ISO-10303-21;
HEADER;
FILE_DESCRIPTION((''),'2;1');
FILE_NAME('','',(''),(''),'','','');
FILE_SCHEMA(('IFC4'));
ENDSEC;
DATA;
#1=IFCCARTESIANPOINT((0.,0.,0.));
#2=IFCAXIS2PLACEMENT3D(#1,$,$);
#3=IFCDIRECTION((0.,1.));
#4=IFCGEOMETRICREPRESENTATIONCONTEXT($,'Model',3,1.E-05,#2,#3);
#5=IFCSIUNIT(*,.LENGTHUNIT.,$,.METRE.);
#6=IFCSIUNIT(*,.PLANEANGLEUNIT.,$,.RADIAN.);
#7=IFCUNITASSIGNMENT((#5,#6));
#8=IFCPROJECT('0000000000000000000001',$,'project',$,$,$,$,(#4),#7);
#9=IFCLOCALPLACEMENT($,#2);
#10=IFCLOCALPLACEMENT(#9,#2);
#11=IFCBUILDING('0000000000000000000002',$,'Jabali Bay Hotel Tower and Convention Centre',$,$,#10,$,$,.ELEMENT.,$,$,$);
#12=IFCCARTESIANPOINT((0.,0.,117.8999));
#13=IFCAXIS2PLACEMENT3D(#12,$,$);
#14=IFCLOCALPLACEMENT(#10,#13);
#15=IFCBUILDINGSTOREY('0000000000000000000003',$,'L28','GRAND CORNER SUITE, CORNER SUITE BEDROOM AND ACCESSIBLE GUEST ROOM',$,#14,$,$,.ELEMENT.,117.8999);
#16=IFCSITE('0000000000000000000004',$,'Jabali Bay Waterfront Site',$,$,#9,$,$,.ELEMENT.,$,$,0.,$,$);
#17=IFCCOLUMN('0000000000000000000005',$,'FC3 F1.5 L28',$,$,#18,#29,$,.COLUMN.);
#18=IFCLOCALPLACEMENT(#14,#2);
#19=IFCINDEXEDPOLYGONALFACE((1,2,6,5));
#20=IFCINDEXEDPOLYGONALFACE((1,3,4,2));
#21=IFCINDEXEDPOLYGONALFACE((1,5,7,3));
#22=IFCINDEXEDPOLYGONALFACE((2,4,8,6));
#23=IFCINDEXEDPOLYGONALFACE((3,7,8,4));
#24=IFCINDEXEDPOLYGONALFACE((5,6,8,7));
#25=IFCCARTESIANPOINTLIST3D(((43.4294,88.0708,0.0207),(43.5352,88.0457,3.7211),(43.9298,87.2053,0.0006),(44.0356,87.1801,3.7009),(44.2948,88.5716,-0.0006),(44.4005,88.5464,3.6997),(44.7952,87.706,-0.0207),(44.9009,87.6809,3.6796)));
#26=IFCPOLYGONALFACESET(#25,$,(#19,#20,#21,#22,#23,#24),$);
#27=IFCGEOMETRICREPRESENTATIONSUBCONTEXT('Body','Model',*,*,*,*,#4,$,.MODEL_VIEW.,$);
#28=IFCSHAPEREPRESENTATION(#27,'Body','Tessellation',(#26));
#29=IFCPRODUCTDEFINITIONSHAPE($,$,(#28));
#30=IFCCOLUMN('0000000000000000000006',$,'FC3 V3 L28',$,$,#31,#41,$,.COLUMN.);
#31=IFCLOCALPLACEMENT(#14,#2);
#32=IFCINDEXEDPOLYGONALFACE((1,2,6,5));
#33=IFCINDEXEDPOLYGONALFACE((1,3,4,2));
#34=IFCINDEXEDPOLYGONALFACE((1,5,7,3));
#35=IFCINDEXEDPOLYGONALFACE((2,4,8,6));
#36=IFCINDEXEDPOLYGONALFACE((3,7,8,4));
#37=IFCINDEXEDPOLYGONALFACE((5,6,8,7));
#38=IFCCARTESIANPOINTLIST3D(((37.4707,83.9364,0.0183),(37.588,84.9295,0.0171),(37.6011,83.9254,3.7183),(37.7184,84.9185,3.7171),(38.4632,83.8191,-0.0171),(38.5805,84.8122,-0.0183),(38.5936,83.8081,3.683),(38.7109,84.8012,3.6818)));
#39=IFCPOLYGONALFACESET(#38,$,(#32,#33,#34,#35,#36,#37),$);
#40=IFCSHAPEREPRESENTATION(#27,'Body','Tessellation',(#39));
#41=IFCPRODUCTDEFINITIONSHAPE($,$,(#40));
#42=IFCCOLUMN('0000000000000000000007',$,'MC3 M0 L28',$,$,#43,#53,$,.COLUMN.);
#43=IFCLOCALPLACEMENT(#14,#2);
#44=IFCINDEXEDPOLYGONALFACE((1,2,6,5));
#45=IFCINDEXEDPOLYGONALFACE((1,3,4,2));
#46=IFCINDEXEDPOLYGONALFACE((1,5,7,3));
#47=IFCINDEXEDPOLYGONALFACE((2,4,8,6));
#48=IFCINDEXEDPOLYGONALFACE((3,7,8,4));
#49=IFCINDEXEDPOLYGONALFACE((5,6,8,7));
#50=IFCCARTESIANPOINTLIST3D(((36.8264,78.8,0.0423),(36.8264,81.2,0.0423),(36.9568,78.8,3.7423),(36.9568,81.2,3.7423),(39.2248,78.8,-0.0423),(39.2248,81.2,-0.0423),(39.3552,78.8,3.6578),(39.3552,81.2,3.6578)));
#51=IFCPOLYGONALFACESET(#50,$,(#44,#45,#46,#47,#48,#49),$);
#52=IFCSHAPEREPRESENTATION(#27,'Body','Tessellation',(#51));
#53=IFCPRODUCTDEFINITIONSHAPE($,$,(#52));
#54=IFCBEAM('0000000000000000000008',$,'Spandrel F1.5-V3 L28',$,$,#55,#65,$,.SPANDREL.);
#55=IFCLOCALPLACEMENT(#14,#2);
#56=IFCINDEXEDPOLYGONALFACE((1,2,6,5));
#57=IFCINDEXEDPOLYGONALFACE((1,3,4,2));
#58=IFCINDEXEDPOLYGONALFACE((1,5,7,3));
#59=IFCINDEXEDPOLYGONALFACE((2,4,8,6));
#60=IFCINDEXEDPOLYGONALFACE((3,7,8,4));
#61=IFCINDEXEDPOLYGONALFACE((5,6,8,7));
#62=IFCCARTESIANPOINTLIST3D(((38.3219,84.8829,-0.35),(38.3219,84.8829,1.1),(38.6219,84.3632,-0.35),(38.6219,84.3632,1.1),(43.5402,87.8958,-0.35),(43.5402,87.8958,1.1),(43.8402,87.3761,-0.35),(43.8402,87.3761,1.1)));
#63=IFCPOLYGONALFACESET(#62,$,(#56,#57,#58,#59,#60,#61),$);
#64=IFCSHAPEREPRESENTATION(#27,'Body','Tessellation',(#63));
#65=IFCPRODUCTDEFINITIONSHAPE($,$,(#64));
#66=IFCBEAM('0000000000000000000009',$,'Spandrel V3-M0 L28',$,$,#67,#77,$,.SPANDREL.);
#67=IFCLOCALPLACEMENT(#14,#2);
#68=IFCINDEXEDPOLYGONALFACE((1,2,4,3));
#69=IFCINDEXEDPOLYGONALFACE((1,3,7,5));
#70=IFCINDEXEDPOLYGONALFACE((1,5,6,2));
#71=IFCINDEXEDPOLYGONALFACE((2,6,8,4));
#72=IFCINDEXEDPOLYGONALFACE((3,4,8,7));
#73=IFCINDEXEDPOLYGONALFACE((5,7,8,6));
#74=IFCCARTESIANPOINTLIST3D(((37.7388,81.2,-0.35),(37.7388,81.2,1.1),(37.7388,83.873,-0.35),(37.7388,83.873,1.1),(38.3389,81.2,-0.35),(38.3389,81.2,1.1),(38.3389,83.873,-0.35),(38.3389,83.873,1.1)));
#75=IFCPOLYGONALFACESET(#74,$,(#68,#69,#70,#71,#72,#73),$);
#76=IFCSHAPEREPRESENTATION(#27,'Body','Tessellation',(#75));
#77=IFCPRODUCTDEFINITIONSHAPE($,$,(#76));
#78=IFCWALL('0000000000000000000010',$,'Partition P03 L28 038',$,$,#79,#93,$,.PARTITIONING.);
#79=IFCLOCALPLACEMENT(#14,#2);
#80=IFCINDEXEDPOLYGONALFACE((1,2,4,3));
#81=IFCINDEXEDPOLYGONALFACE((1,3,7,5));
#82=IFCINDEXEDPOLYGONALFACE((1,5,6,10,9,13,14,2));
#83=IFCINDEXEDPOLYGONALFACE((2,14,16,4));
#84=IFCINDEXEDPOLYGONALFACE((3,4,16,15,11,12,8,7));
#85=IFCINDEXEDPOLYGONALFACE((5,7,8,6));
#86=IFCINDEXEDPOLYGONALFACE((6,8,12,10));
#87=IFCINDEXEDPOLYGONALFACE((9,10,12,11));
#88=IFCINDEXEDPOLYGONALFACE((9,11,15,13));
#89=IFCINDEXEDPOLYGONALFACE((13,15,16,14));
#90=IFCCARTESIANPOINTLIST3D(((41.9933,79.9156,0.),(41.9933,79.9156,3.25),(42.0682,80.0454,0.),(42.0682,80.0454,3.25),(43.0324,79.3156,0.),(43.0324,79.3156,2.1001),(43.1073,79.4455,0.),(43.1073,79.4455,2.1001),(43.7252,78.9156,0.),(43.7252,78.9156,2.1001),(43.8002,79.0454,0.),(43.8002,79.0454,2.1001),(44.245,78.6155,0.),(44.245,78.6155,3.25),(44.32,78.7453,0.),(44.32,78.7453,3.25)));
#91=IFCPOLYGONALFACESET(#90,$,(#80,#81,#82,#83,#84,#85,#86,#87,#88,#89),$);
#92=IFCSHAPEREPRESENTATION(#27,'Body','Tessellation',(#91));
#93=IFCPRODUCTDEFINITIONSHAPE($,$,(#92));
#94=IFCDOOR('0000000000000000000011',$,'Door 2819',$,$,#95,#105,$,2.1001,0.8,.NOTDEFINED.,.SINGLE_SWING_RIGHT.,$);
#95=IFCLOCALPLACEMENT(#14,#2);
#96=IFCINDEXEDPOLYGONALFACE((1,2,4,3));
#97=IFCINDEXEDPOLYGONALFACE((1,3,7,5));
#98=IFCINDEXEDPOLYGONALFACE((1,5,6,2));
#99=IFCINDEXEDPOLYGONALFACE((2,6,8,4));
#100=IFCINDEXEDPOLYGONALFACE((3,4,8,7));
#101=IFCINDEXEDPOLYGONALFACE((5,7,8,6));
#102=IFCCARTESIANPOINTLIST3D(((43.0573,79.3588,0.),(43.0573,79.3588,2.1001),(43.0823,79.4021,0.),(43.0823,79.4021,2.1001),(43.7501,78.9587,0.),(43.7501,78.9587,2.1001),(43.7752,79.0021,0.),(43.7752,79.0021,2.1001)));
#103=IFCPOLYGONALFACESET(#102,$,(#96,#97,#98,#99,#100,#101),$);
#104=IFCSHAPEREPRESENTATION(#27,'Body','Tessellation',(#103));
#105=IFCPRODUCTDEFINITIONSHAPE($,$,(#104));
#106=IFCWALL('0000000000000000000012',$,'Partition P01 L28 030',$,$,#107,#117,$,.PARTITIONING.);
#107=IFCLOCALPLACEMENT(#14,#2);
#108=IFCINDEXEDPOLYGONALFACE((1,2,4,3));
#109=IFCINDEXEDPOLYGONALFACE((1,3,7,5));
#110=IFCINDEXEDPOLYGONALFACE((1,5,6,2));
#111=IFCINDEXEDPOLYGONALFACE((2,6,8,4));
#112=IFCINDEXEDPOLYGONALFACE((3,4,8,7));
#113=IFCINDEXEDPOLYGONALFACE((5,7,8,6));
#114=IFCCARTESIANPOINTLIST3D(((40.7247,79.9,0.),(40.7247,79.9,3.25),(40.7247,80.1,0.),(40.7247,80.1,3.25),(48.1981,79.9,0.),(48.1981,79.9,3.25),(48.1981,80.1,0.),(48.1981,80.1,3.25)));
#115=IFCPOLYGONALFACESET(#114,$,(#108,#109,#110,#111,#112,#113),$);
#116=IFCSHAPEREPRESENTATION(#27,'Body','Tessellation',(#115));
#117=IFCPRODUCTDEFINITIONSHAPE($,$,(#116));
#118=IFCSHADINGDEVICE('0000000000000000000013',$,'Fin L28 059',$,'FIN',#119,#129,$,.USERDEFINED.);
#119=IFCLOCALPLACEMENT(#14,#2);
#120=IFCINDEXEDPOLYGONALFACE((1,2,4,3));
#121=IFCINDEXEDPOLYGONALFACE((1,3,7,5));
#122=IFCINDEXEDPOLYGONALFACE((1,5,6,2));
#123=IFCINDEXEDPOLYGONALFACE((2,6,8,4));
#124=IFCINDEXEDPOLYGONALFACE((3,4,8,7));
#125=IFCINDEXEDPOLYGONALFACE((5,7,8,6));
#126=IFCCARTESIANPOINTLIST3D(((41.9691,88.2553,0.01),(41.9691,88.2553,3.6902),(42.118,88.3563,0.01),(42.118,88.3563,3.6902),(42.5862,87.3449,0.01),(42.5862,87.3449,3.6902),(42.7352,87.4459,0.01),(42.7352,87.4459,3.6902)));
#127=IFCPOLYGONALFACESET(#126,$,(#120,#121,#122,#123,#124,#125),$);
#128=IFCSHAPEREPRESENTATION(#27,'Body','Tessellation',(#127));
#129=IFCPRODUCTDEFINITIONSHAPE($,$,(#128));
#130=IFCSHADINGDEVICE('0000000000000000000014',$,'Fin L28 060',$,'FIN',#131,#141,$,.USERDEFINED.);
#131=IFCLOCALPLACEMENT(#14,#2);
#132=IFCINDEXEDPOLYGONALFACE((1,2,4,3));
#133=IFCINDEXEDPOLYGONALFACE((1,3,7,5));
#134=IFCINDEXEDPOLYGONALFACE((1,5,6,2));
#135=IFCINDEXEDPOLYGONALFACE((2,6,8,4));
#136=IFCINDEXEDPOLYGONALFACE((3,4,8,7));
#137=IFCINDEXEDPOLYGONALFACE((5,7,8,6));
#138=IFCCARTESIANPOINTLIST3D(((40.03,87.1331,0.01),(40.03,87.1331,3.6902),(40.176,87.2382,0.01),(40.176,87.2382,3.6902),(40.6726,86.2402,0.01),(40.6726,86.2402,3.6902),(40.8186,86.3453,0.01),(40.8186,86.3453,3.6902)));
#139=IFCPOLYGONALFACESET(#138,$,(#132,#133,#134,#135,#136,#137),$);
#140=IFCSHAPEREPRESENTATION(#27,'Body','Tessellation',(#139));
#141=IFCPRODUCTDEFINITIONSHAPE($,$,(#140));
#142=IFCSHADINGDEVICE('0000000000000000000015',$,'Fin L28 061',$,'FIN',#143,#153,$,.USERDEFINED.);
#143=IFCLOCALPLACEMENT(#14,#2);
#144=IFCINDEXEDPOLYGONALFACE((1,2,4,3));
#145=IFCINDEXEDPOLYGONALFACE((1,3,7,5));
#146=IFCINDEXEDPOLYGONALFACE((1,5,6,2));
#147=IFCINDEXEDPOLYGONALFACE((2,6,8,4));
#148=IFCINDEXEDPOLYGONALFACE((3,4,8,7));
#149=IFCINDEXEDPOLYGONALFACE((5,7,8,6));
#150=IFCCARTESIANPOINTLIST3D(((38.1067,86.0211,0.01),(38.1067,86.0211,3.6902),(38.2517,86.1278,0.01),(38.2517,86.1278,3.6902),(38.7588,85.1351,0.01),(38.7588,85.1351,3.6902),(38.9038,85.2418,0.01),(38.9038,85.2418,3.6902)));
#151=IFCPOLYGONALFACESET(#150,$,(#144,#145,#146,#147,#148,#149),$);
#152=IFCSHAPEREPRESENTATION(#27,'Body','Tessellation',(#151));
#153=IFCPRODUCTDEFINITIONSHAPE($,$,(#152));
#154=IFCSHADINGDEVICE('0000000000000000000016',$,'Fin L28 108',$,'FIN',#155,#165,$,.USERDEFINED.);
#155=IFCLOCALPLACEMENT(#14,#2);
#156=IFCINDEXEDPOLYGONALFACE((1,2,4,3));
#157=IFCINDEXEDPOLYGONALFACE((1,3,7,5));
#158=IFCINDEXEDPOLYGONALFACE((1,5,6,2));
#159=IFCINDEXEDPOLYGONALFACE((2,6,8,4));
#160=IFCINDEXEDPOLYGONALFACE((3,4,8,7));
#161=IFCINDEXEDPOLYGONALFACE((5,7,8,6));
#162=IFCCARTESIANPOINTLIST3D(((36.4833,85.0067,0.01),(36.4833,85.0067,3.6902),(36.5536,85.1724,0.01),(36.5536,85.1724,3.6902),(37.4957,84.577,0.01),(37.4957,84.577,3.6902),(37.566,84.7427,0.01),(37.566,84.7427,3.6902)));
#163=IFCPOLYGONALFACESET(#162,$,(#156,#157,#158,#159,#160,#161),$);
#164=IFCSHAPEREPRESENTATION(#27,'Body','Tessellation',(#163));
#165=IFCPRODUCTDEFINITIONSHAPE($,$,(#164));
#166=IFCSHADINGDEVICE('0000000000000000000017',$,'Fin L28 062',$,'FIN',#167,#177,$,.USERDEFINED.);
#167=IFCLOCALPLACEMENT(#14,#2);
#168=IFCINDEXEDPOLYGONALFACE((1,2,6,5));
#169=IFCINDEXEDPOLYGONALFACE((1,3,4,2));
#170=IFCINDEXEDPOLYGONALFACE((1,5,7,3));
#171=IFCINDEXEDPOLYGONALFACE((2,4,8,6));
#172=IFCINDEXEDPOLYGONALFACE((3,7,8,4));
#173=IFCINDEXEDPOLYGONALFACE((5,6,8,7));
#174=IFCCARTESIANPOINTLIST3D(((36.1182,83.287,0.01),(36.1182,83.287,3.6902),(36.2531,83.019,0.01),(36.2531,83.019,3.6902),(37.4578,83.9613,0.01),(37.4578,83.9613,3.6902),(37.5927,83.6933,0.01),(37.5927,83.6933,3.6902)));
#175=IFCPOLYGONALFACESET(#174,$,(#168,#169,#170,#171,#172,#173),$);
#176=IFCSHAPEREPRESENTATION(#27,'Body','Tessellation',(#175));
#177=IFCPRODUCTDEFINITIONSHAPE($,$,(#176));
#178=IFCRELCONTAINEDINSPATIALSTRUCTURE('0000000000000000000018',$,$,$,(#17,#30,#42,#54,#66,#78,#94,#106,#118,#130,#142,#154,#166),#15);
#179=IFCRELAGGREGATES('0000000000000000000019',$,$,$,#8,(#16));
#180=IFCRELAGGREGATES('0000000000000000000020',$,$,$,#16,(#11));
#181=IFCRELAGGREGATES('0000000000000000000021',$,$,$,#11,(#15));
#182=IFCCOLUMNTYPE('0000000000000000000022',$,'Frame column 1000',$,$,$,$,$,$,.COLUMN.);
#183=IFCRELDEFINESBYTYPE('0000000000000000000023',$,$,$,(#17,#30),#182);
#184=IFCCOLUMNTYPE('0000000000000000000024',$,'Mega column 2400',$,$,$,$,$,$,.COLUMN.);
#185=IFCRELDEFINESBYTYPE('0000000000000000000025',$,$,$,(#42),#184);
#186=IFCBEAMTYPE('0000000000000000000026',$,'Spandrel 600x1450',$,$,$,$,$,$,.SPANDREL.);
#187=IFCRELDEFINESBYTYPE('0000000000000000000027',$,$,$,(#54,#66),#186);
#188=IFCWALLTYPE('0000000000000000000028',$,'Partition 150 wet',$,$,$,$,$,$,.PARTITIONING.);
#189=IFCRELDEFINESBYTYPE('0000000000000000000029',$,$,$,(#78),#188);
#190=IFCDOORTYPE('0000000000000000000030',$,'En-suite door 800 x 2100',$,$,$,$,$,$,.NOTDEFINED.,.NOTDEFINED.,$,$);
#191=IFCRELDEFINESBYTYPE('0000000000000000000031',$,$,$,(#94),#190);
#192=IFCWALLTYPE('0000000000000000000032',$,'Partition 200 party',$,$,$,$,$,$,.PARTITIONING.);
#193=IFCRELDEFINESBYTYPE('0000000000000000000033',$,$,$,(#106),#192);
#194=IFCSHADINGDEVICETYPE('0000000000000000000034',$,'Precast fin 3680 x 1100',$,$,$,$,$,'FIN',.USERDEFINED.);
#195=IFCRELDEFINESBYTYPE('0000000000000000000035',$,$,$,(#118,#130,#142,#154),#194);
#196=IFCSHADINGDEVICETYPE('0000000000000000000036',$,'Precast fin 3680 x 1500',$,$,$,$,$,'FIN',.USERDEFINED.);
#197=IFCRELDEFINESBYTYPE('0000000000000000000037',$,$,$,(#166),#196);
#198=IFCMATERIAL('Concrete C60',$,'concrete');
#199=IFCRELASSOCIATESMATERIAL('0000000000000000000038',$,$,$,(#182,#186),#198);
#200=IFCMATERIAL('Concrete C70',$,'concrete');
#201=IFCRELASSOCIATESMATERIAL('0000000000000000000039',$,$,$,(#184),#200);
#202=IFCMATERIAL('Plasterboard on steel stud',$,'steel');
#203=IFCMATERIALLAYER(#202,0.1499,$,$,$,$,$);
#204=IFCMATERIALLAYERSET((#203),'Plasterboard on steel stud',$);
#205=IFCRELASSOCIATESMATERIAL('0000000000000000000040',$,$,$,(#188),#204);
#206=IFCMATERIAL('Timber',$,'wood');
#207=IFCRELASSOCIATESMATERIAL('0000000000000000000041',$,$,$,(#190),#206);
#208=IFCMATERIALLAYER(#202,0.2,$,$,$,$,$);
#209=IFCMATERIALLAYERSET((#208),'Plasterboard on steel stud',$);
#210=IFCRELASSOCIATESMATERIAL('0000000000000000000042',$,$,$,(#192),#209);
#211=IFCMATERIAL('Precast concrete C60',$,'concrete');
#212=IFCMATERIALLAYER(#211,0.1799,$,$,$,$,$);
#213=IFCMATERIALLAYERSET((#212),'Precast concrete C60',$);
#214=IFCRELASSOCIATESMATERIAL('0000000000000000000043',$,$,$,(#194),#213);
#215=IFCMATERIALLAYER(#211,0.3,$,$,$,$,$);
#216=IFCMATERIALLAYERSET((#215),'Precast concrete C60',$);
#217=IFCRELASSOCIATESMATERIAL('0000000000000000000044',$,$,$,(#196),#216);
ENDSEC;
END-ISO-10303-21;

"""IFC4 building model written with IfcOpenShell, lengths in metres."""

from ifc_helpers import new_model, si_unit, direction, frame, frame_2d, origin, origin_2d, place, context, subcontext, project, spatial, rectangle, extrude, material, layer, layer_set, material_profile, profile_set, type_object, element, fill, save


model = new_model("IFC4")

# Units and contexts
model_context = context("Model", 3, precision=1e-05, world=origin(), true_north=direction((0.0, 1.0)))
body_context = subcontext(model_context, "Body", "Model", "MODEL_VIEW")
ifc_project = project(units=[si_unit("LENGTHUNIT", "METRE"), si_unit("PLANEANGLEUNIT", "RADIAN")], contexts=[model_context])

# Site, building, storey
site_placement = place(None, origin())
site = spatial("IfcSite", under=ifc_project, at=site_placement, Name="Jabali Bay Waterfront Site", CompositionType="ELEMENT", RefElevation=0.0)
building_placement = place(site_placement, origin())
building = spatial("IfcBuilding", under=site, at=building_placement, Name="Jabali Bay Hotel Tower and Convention Centre", CompositionType="ELEMENT")
storey_placement = place(building_placement, frame((0.0, 0.0, 117.8999)))
storey = spatial("IfcBuildingStorey", under=building, at=storey_placement, Name="L28", Description="GRAND CORNER SUITE, CORNER SUITE BEDROOM AND ACCESSIBLE GUEST ROOM", CompositionType="ELEMENT", Elevation=117.8999)

# Columns
ifc_material_1 = material(Name="Concrete C60", Category="concrete")
ifc_material_profile_1 = material_profile(ifc_material_1, rectangle(XDim=1.0, YDim=1.0, at=origin_2d()), Name="Frame column 1000")
ifc_profile_set_1 = profile_set([ifc_material_profile_1], Name="Concrete C60")
column_type_1 = type_object("IfcColumnType", Name="Frame column 1000", PredefinedType="COLUMN", material=ifc_profile_set_1)
column_1_placement = place(storey_placement, frame((44.1123, 87.8884, 0.0), z_axis=(0.028557, -0.006793, 0.999569), x_axis=(-0.500406, 0.865556, 0.020179)))
element("IfcColumn", 1, at=column_1_placement, inside=storey, type_object=column_type_1, Name="FC3 F1.5 L28", PredefinedType="COLUMN", context=body_context, shape_type="SweptSolid", body=[
    extrude(rectangle(XDim=1.0, YDim=1.0, at=origin_2d()), origin(), (0.0, 0.0, 1.0), 3.7019),
])
column_2_placement = place(storey_placement, frame((38.0256, 84.3743, 0.0), z_axis=(0.035212, -0.002967, 0.999375), x_axis=(-0.992472, 0.11727, 0.035317)))
element("IfcColumn", 2, at=column_2_placement, inside=storey, type_object=column_type_1, Name="FC3 V3 L28", PredefinedType="COLUMN", context=body_context, shape_type="SweptSolid", body=[
    extrude(rectangle(XDim=1.0, YDim=1.0, at=origin_2d()), origin(), (0.0, 0.0, 1.0), 3.7024),
])
ifc_material_2 = material(Name="Concrete C70", Category="concrete")
ifc_material_profile_2 = material_profile(ifc_material_2, rectangle(XDim=2.3999, YDim=2.3999, at=origin_2d()), Name="Mega column 2400")
ifc_profile_set_2 = profile_set([ifc_material_profile_2], Name="Concrete C70")
column_type_2 = type_object("IfcColumnType", Name="Mega column 2400", PredefinedType="COLUMN", material=ifc_profile_set_2)
column_3_placement = place(storey_placement, frame((38.0256, 80.0, 0.0), z_axis=(0.035212, 0.0, 0.99938), x_axis=(0.0, 1.0, 0.0)))
element("IfcColumn", 3, at=column_3_placement, inside=storey, type_object=column_type_2, Name="MC3 M0 L28", PredefinedType="COLUMN", context=body_context, shape_type="SweptSolid", body=[
    extrude(rectangle(XDim=2.3999, YDim=2.3999, at=origin_2d()), origin(), (0.0, 0.0, 1.0), 3.7024),
])

# Beams
ifc_material_profile_3 = material_profile(ifc_material_1, rectangle(XDim=0.6001, YDim=1.45, at=origin_2d()), Name="Spandrel 600x1450")
ifc_profile_set_3 = profile_set([ifc_material_profile_3], Name="Concrete C60")
beam_type = type_object("IfcBeamType", Name="Spandrel 600x1450", PredefinedType="SPANDREL", material=ifc_profile_set_3)
beam_1_placement = place(storey_placement, frame((43.6902, 87.636, 0.375), z_axis=(-0.866013, -0.500022, 0.0), x_axis=(0.500022, -0.866013, 0.0)))
element("IfcBeam", 4, at=beam_1_placement, inside=storey, type_object=beam_type, Name="Spandrel F1.5-V3 L28", PredefinedType="SPANDREL", context=body_context, shape_type="SweptSolid", body=[
    extrude(rectangle(XDim=0.6001, YDim=1.45, at=origin_2d()), origin(), (0.0, 0.0, 1.0), 6.0256),
])
beam_2_placement = place(storey_placement, frame((38.0388, 83.873, 0.375), z_axis=(0.0, -1.0, 0.0), x_axis=(1.0, 0.0, 0.0)))
element("IfcBeam", 5, at=beam_2_placement, inside=storey, type_object=beam_type, Name="Spandrel V3-M0 L28", PredefinedType="SPANDREL", context=body_context, shape_type="SweptSolid", body=[
    extrude(rectangle(XDim=0.6001, YDim=1.45, at=origin_2d()), origin(), (0.0, 0.0, 1.0), 2.6731),
])

# Wall, opening, door
ifc_material_3 = material(Name="Plasterboard on steel stud", Category="steel")
ifc_layer_1 = layer(ifc_material_3, 0.1499)
ifc_layer_set_1 = layer_set([ifc_layer_1], Name="Plasterboard on steel stud")
wall_type_1 = type_object("IfcWallType", Name="Partition 150 wet", PredefinedType="PARTITIONING", material=ifc_layer_set_1)
wall_1_placement = place(storey_placement, frame((42.0308, 79.9805, 0.0), z_axis=(0.0, 0.0, 1.0), x_axis=(0.866021, -0.500007, 0.0)))
wall_1 = element("IfcWall", 6, at=wall_1_placement, inside=storey, type_object=wall_type_1, Name="Partition P03 L28 038", PredefinedType="PARTITIONING", context=body_context, shape_type="SweptSolid", body=[
    extrude(rectangle(XDim=2.6001, YDim=0.1499, at=frame_2d((1.3, 0.0))), origin(), (0.0, 0.0, 1.0), 3.25),
])
opening_1_placement = place(wall_1_placement, frame((1.2, 0.0, 0.0)))
opening_1 = element("IfcOpeningElement", 7, at=opening_1_placement, cuts=wall_1, PredefinedType="OPENING", context=body_context, shape_type="SweptSolid", body=[
    extrude(rectangle(XDim=0.8, YDim=2.1001, at=frame_2d((0.3999, 1.05))), frame((0.0, 0.0854, 0.0), z_axis=(0.0, -1.0, 0.0), x_axis=(1.0, 0.0, 0.0)), (0.0, 0.0, 1.0), 0.1709),
])
ifc_material_4 = material(Name="Timber", Category="wood")
door_type_1 = type_object("IfcDoorType", Name="En-suite door 800 x 2100", OperationType="NOTDEFINED", PredefinedType="NOTDEFINED", material=ifc_material_4)
door_1_placement = place(opening_1_placement, origin())
door_1 = element("IfcDoor", 8, at=door_1_placement, inside=storey, type_object=door_type_1, Name="Door 2819", OperationType="SINGLE_SWING_RIGHT", OverallHeight=2.1001, OverallWidth=0.8, PredefinedType="NOTDEFINED", context=body_context, shape_type="SweptSolid", body=[
    extrude(rectangle(XDim=0.8, YDim=2.1001, at=frame_2d((0.3999, 1.05))), frame((0.0, 0.0249, 0.0), z_axis=(0.0, -1.0, 0.0), x_axis=(1.0, 0.0, 0.0)), (0.0, 0.0, 1.0), 0.05),
])
fill(opening_1, door_1)

# Wall
ifc_layer_2 = layer(ifc_material_3, 0.2)
ifc_layer_set_2 = layer_set([ifc_layer_2], Name="Plasterboard on steel stud")
wall_type_2 = type_object("IfcWallType", Name="Partition 200 party", PredefinedType="PARTITIONING", material=ifc_layer_set_2)
wall_2_placement = place(storey_placement, frame((40.7246, 80.0, 0.0), z_axis=(0.0, 0.0, 1.0), x_axis=(1.0, 0.0, 0.0)))
element("IfcWall", 9, at=wall_2_placement, inside=storey, type_object=wall_type_2, Name="Partition P01 L28 030", PredefinedType="PARTITIONING", context=body_context, shape_type="SweptSolid", body=[
    extrude(rectangle(XDim=7.4734, YDim=0.2, at=frame_2d((3.7368, 0.0))), origin(), (0.0, 0.0, 1.0), 3.25),
])

# Shading devices
ifc_material_5 = material(Name="Precast concrete C60", Category="concrete")
ifc_layer_3 = layer(ifc_material_5, 0.1799)
ifc_layer_set_3 = layer_set([ifc_layer_3], Name="Precast concrete C60")
shading_device_type_1 = type_object("IfcShadingDeviceType", Name="Precast fin 3680 x 1100", ElementType="FIN", PredefinedType="USERDEFINED", material=ifc_layer_set_3)
shading_device_1_placement = place(storey_placement, frame((42.6606, 87.3955, 0.01), z_axis=(0.0, 0.0, 1.0), x_axis=(-0.561138, 0.827722, 0.0)))
element("IfcShadingDevice", 10, at=shading_device_1_placement, inside=storey, type_object=shading_device_type_1, Name="Fin L28 059", ObjectType="FIN", PredefinedType="USERDEFINED", context=body_context, shape_type="SweptSolid", body=[
    extrude(rectangle(XDim=1.0999, YDim=0.1799, at=frame_2d((0.5498, 0.0))), origin(), (0.0, 0.0, 1.0), 3.6802),
])
for number, where, z_axis, x_axis, name in (
    (11, (40.7456, 86.2927, 0.01), (0.0, 0.0, 1.0), (-0.584153, 0.811644, 0.0), "Fin L28 060"),
    (12, (38.8313, 85.1885, 0.01), (0.0, 0.0, 1.0), (-0.592767, 0.805374, 0.0), "Fin L28 061"),
):
    element("IfcShadingDevice", number, at=place(storey_placement, frame(where, z_axis=z_axis, x_axis=x_axis)), inside=storey, type_object=shading_device_type_1, Name=name, ObjectType="FIN", PredefinedType="USERDEFINED", context=body_context, shape_type="SweptSolid", body=[
        extrude(rectangle(XDim=1.1001, YDim=0.1799, at=frame_2d((0.55, 0.0))), origin(), (0.0, 0.0, 1.0), 3.6802),
    ])
shading_device_2_placement = place(storey_placement, frame((37.5308, 84.6599, 0.01), z_axis=(0.0, 0.0, 1.0), x_axis=(-0.920529, 0.390675, 0.0)))
element("IfcShadingDevice", 13, at=shading_device_2_placement, inside=storey, type_object=shading_device_type_1, Name="Fin L28 108", ObjectType="FIN", PredefinedType="USERDEFINED", context=body_context, shape_type="SweptSolid", body=[
    extrude(rectangle(XDim=1.0999, YDim=0.1799, at=frame_2d((0.5498, 0.0))), origin(), (0.0, 0.0, 1.0), 3.6802),
])
ifc_layer_4 = layer(ifc_material_5, 0.3)
ifc_layer_set_4 = layer_set([ifc_layer_4], Name="Precast concrete C60")
shading_device_type_2 = type_object("IfcShadingDeviceType", Name="Precast fin 3680 x 1500", ElementType="FIN", PredefinedType="USERDEFINED", material=ifc_layer_set_4)
for number, where, z_axis, x_axis, name in (
    (14, (37.5254, 83.8274, 0.01), (0.0, 0.0, 1.0), (-0.893219, -0.449621, 0.0), "Fin L28 062"),
):
    element("IfcShadingDevice", number, at=place(storey_placement, frame(where, z_axis=z_axis, x_axis=x_axis)), inside=storey, type_object=shading_device_type_2, Name=name, ObjectType="FIN", PredefinedType="USERDEFINED", context=body_context, shape_type="SweptSolid", body=[
        extrude(rectangle(XDim=1.4998, YDim=0.3, at=frame_2d((0.75, 0.0))), origin(), (0.0, 0.0, 1.0), 3.6802),
    ])

save(model, "model.ifc")
